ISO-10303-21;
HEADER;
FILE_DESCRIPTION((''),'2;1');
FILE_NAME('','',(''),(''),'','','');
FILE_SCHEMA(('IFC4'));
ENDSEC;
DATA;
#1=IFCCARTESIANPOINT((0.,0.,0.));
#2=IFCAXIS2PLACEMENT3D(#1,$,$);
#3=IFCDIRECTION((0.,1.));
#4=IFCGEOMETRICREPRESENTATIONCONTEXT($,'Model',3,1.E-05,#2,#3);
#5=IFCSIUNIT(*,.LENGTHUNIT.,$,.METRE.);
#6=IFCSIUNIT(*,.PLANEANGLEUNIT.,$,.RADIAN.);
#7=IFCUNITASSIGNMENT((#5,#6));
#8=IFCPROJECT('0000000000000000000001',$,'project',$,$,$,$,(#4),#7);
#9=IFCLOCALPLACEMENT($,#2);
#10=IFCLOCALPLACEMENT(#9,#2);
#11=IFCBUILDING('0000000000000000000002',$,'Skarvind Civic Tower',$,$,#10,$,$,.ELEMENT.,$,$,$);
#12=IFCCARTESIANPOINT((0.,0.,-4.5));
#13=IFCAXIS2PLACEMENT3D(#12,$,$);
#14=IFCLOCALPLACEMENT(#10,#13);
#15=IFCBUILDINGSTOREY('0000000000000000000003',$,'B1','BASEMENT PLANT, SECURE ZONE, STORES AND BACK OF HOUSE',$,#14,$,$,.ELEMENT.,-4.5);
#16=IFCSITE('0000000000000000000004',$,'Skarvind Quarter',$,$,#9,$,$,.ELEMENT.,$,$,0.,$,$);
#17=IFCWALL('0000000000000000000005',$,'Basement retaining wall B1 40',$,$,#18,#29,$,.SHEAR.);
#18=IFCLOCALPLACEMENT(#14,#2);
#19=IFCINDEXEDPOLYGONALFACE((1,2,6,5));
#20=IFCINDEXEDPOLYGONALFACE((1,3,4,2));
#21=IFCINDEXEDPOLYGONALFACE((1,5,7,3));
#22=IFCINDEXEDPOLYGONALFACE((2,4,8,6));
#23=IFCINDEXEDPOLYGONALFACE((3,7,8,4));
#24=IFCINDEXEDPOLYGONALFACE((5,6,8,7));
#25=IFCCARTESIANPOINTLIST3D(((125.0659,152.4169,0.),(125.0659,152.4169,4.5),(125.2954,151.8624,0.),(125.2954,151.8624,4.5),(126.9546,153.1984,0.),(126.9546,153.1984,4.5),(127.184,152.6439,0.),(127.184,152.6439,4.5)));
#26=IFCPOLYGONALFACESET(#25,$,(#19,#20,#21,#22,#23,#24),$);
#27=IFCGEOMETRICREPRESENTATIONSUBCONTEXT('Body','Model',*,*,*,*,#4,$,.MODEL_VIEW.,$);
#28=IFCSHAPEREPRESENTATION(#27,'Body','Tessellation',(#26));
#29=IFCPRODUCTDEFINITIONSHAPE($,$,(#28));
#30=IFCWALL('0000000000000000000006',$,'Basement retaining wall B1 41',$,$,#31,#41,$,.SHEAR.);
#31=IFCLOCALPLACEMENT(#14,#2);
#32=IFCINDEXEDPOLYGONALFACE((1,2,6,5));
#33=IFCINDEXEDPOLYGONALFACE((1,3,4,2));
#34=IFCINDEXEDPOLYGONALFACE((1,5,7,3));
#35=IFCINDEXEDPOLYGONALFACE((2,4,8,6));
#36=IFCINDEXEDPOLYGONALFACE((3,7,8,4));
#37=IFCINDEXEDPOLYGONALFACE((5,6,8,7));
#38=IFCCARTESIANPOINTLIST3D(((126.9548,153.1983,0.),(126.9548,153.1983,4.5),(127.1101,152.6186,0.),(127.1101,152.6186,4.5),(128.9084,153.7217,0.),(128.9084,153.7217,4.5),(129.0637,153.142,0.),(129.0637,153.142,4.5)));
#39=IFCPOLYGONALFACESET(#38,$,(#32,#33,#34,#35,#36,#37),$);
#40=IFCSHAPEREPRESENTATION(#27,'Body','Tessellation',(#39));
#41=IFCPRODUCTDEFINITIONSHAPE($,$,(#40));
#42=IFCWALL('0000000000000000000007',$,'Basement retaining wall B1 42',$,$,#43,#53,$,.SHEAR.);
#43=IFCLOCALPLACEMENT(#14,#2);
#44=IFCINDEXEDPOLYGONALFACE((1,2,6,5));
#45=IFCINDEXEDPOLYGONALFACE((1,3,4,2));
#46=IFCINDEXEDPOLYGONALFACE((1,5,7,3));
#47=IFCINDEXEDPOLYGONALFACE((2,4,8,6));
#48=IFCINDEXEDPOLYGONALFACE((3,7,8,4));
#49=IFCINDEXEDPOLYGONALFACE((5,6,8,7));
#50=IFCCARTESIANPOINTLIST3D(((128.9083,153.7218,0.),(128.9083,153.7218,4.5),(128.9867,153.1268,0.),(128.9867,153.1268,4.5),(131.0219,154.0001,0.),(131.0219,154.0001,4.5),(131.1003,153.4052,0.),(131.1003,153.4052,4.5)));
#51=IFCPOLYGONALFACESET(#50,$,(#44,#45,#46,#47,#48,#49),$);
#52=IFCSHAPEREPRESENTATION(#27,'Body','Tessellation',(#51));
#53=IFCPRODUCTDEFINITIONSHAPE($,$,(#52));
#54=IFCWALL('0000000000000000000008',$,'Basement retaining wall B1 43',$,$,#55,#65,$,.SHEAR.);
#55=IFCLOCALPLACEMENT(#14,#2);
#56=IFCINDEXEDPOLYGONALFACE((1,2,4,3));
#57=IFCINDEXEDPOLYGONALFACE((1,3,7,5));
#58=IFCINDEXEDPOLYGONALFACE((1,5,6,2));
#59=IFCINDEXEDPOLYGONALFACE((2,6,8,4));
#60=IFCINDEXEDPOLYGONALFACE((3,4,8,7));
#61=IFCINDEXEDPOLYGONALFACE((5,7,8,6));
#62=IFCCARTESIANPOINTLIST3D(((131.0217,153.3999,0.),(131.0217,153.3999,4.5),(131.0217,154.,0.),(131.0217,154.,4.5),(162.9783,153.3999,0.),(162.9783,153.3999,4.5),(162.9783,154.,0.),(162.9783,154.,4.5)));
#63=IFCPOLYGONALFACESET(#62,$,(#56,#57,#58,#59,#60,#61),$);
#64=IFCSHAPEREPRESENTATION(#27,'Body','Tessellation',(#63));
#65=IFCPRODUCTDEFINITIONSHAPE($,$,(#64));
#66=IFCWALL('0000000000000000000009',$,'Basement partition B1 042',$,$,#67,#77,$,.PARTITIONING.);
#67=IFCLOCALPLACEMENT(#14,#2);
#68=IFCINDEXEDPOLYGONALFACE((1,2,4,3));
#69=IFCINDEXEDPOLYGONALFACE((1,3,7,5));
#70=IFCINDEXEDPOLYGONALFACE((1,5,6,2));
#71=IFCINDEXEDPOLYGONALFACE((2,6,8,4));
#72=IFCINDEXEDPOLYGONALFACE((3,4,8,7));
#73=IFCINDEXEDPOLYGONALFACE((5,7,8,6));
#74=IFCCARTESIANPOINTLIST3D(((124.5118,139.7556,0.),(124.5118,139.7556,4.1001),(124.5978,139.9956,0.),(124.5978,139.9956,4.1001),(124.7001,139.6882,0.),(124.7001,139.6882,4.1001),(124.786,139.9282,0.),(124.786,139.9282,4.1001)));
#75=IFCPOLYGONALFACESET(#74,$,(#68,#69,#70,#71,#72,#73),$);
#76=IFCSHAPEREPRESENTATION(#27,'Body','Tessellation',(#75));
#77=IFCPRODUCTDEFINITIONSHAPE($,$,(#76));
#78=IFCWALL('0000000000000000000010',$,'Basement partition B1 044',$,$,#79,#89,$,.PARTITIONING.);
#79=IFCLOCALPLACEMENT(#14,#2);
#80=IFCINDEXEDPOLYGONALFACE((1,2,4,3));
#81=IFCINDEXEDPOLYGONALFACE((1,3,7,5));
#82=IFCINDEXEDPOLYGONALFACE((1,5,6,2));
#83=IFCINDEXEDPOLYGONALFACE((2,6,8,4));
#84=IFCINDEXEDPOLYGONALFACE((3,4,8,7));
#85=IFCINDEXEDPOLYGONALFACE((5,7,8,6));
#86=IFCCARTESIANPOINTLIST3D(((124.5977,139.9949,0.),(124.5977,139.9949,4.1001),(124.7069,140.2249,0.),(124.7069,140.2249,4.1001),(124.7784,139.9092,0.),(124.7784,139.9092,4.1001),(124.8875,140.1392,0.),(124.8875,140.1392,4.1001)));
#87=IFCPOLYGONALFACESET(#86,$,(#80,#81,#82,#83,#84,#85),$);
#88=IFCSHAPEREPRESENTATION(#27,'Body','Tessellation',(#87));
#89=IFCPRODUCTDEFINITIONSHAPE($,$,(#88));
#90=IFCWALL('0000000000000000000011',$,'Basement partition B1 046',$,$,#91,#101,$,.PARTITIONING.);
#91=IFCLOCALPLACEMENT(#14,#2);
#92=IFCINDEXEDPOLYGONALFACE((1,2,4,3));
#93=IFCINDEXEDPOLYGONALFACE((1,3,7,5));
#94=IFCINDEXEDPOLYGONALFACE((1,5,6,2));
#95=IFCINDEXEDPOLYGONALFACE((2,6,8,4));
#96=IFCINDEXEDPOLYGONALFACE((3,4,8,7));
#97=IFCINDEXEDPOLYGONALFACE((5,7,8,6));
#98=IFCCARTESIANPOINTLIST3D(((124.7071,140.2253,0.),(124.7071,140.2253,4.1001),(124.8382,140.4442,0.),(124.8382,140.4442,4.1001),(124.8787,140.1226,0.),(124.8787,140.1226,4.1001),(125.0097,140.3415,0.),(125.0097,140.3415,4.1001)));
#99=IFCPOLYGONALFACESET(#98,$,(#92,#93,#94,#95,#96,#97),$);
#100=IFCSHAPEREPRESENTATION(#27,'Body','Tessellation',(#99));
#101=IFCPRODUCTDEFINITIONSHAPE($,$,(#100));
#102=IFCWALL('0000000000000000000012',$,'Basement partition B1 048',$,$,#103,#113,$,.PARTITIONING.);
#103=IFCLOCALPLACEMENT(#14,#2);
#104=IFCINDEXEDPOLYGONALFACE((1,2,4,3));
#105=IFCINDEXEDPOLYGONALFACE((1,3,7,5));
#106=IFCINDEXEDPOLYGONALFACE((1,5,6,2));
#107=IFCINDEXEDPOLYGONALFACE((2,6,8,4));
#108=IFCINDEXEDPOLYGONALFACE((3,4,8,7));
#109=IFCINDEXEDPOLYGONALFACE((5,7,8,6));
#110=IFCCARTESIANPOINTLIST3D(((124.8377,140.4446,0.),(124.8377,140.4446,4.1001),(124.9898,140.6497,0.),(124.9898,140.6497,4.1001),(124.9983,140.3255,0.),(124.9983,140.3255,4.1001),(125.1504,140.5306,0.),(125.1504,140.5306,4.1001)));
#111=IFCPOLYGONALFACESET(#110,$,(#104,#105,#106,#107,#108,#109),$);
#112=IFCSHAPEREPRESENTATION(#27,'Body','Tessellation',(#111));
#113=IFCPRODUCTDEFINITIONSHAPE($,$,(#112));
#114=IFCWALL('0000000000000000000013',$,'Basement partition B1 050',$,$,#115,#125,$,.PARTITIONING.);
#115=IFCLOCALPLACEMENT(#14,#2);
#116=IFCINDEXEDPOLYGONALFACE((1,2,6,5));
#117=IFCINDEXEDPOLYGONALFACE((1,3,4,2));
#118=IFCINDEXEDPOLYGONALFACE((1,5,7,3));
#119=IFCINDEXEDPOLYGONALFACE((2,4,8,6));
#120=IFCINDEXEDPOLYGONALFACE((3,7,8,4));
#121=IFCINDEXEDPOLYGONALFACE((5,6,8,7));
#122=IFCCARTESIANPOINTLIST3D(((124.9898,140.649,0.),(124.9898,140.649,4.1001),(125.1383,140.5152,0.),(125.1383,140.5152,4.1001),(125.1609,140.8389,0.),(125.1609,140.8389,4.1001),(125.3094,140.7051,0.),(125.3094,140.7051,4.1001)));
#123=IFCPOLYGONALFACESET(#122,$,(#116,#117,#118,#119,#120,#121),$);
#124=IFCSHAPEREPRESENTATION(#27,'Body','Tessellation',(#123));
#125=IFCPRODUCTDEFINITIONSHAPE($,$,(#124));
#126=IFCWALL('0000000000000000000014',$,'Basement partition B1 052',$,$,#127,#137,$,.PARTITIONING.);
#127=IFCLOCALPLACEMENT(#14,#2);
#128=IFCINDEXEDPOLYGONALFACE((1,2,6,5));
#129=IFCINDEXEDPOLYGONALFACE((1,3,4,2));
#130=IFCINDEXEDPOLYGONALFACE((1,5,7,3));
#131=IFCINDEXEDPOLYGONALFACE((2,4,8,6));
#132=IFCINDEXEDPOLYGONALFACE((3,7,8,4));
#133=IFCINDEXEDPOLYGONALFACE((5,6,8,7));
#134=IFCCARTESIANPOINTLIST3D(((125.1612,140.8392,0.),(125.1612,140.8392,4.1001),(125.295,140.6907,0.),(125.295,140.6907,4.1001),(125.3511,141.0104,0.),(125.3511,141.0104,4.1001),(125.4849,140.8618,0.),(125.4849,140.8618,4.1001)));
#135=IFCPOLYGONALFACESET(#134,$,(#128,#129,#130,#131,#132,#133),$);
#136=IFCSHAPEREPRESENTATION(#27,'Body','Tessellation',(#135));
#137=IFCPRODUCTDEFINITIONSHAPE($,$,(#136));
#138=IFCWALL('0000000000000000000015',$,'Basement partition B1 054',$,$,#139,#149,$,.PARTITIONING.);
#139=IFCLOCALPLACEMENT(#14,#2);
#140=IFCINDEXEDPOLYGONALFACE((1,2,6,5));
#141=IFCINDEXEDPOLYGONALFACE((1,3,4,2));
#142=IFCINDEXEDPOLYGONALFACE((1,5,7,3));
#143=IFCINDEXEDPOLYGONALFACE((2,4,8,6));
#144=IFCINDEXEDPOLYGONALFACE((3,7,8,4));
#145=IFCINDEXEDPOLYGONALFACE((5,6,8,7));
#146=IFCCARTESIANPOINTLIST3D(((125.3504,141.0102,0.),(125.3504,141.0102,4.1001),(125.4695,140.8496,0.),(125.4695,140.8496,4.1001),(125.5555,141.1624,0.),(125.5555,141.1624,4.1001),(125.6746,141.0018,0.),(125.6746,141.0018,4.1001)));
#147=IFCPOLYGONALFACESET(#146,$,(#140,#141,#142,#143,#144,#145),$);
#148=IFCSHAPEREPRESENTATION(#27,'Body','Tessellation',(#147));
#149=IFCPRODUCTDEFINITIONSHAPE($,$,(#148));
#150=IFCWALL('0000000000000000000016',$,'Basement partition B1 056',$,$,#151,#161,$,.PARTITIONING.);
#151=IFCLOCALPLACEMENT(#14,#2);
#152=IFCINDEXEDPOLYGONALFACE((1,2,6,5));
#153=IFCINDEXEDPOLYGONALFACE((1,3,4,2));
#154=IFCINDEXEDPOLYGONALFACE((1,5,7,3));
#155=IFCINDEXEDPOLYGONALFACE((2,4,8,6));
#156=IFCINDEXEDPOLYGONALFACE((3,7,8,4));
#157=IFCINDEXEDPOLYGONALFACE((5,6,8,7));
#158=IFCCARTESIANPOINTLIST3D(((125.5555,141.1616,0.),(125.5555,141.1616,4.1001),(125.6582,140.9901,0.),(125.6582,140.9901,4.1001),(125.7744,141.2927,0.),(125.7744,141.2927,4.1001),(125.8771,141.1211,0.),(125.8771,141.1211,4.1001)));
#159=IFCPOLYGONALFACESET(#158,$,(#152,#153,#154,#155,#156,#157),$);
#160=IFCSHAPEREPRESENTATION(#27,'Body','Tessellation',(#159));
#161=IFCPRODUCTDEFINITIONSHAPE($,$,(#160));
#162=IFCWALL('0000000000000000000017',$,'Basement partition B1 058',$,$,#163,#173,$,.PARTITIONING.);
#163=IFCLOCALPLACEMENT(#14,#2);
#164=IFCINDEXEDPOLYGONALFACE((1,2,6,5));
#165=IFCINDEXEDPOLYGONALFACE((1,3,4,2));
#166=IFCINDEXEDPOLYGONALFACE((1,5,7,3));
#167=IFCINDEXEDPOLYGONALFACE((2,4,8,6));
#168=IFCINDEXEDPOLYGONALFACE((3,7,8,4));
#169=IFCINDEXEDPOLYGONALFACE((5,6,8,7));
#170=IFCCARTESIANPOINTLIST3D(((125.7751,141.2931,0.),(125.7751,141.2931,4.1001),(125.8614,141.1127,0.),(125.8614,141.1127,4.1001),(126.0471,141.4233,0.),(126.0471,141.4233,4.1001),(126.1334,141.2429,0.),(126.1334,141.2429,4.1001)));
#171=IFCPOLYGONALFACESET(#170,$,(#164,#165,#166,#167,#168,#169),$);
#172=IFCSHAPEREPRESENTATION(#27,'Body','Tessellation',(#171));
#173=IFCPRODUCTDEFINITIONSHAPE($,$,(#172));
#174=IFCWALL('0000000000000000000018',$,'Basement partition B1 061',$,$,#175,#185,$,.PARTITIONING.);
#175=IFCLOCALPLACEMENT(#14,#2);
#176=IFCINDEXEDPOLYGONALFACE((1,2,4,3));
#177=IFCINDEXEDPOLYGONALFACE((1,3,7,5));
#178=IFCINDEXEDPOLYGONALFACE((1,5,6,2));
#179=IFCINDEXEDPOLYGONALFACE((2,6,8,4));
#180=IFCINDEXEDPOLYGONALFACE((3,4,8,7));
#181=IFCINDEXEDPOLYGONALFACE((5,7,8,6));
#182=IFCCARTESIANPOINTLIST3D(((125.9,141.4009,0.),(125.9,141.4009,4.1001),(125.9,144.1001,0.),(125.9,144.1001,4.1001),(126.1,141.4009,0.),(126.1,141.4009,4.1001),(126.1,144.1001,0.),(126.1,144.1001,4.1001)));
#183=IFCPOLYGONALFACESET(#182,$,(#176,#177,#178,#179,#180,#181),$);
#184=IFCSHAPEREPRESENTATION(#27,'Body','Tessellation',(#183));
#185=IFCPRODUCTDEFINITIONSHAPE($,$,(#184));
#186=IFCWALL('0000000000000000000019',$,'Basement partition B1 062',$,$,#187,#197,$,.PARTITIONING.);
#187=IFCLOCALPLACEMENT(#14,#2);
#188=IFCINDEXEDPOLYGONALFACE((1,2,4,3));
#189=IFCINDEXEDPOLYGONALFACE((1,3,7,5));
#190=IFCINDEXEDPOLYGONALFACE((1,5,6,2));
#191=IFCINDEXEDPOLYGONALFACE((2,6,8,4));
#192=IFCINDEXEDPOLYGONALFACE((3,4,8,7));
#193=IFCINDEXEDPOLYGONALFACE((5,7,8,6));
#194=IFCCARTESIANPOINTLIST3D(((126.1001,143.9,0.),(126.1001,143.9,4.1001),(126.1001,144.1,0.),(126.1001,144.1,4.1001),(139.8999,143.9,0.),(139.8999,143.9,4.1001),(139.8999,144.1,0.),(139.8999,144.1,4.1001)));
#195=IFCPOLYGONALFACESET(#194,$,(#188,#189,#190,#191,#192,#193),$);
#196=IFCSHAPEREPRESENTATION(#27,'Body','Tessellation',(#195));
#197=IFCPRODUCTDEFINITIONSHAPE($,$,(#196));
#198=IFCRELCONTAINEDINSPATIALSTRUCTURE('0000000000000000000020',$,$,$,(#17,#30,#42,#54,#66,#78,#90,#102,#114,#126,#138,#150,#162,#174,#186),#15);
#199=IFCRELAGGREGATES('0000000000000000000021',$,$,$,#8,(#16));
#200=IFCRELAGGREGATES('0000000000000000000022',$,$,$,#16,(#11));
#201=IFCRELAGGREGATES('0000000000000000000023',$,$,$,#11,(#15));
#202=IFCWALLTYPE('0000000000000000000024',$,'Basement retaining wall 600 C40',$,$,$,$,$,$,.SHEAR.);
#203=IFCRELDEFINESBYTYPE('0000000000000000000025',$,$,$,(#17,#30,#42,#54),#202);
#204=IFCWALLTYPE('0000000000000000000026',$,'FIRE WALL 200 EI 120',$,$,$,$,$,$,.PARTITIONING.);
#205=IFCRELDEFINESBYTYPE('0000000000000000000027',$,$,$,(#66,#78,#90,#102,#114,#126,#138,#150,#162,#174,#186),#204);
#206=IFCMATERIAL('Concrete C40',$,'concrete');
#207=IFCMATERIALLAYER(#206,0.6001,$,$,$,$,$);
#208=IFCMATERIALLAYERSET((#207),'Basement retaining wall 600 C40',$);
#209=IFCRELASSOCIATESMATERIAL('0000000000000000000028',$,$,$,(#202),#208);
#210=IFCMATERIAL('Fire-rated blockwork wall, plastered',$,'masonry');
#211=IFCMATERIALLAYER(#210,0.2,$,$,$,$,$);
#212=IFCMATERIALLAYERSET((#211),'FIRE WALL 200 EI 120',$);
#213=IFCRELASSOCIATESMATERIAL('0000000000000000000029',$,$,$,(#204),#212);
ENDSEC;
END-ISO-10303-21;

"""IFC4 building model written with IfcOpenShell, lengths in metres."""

from ifc_helpers import new_model, si_unit, direction, frame, frame_2d, origin, place, context, subcontext, project, spatial, rectangle, extrude, material, layer, layer_set, type_object, element, save


model = new_model("IFC4")

# Units and contexts
model_context = context("Model", 3, precision=1e-05, world=origin(), true_north=direction((0.0, 1.0)))
body_context = subcontext(model_context, "Body", "Model", "MODEL_VIEW")
ifc_project = project(units=[si_unit("LENGTHUNIT", "METRE"), si_unit("PLANEANGLEUNIT", "RADIAN")], contexts=[model_context])

# Site, building, storey
site_placement = place(None, origin())
site = spatial("IfcSite", under=ifc_project, at=site_placement, Name="Skarvind Quarter", CompositionType="ELEMENT", RefElevation=0.0)
building_placement = place(site_placement, origin())
building = spatial("IfcBuilding", under=site, at=building_placement, Name="Skarvind Civic Tower", CompositionType="ELEMENT")
storey_placement = place(building_placement, frame((0.0, 0.0, -4.5)))
storey = spatial("IfcBuildingStorey", under=building, at=storey_placement, Name="B1", Description="BASEMENT PLANT, SECURE ZONE, STORES AND BACK OF HOUSE", CompositionType="ELEMENT", Elevation=-4.5)

# Walls
ifc_material_1 = material(Name="Concrete C40", Category="concrete")
ifc_layer_1 = layer(ifc_material_1, 0.6001)
ifc_layer_set_1 = layer_set([ifc_layer_1], Name="Basement retaining wall 600 C40")
wall_type_1 = type_object("IfcWallType", Name="Basement retaining wall 600 C40", PredefinedType="SHEAR", material=ifc_layer_set_1)
wall_1_placement = place(storey_placement, frame((125.1807, 152.1396, 0.0), z_axis=(0.0, 0.0, 1.0), x_axis=(0.924021, 0.382341, 0.0)))
element("IfcWall", 1, at=wall_1_placement, inside=storey, type_object=wall_type_1, Name="Basement retaining wall B1 40", PredefinedType="SHEAR", context=body_context, shape_type="SweptSolid", body=[
    extrude(rectangle(XDim=2.0439, YDim=0.6001, at=frame_2d((1.022, 0.0))), origin(), (0.0, 0.0, 1.0), 4.5),
])
wall_2_placement = place(storey_placement, frame((127.0325, 152.9084, 0.0), z_axis=(0.0, 0.0, 1.0), x_axis=(0.96593, 0.258804, 0.0)))
element("IfcWall", 2, at=wall_2_placement, inside=storey, type_object=wall_type_1, Name="Basement retaining wall B1 41", PredefinedType="SHEAR", context=body_context, shape_type="SweptSolid", body=[
    extrude(rectangle(XDim=2.0225, YDim=0.6001, at=frame_2d((1.0112, 0.0))), origin(), (0.0, 0.0, 1.0), 4.5),
])
wall_3_placement = place(storey_placement, frame((128.9475, 153.4243, 0.0), z_axis=(0.0, 0.0, 1.0), x_axis=(0.991441, 0.130558, 0.0)))
element("IfcWall", 3, at=wall_3_placement, inside=storey, type_object=wall_type_1, Name="Basement retaining wall B1 42", PredefinedType="SHEAR", context=body_context, shape_type="SweptSolid", body=[
    extrude(rectangle(XDim=2.1318, YDim=0.6001, at=frame_2d((1.0659, 0.0))), origin(), (0.0, 0.0, 1.0), 4.5),
])
wall_4_placement = place(storey_placement, frame((131.0217, 153.7, 0.0), z_axis=(0.0, 0.0, 1.0), x_axis=(1.0, 0.0, 0.0)))
element("IfcWall", 4, at=wall_4_placement, inside=storey, type_object=wall_type_1, Name="Basement retaining wall B1 43", PredefinedType="SHEAR", context=body_context, shape_type="SweptSolid", body=[
    extrude(rectangle(XDim=31.9565, YDim=0.6001, at=frame_2d((15.9783, 0.0))), origin(), (0.0, 0.0, 1.0), 4.5),
])
ifc_material_2 = material(Name="Fire-rated blockwork wall, plastered", Category="masonry")
ifc_layer_2 = layer(ifc_material_2, 0.2)
ifc_layer_set_2 = layer_set([ifc_layer_2], Name="FIRE WALL 200 EI 120")
wall_type_2 = type_object("IfcWallType", Name="FIRE WALL 200 EI 120", PredefinedType="PARTITIONING", material=ifc_layer_set_2)
wall_5_placement = place(storey_placement, frame((124.606, 139.7219, 0.0), z_axis=(0.0, 0.0, 1.0), x_axis=(0.337125, 0.94146, 0.0)))
element("IfcWall", 5, at=wall_5_placement, inside=storey, type_object=wall_type_2, Name="Basement partition B1 042", PredefinedType="PARTITIONING", context=body_context, shape_type="SweptSolid", body=[
    extrude(rectangle(XDim=0.2549, YDim=0.2, at=frame_2d((0.1274, 0.0))), origin(), (0.0, 0.0, 1.0), 4.1001),
])
wall_6_placement = place(storey_placement, frame((124.688, 139.9519, 0.0), z_axis=(0.0, 0.0, 1.0), x_axis=(0.428705, 0.903445, 0.0)))
element("IfcWall", 6, at=wall_6_placement, inside=storey, type_object=wall_type_2, Name="Basement partition B1 044", PredefinedType="PARTITIONING", context=body_context, shape_type="SweptSolid", body=[
    extrude(rectangle(XDim=0.2546, YDim=0.2, at=frame_2d((0.1274, 0.0))), origin(), (0.0, 0.0, 1.0), 4.1001),
])
wall_7_placement = place(storey_placement, frame((124.793, 140.1741, 0.0), z_axis=(0.0, 0.0, 1.0), x_axis=(0.513652, 0.857999, 0.0)))
element("IfcWall", 7, at=wall_7_placement, inside=storey, type_object=wall_type_2, Name="Basement partition B1 046", PredefinedType="PARTITIONING", context=body_context, shape_type="SweptSolid", body=[
    extrude(rectangle(XDim=0.2551, YDim=0.2, at=frame_2d((0.1274, 0.0))), origin(), (0.0, 0.0, 1.0), 4.1001),
])
wall_8_placement = place(storey_placement, frame((124.918, 140.385, 0.0), z_axis=(0.0, 0.0, 1.0), x_axis=(0.595708, 0.803201, 0.0)))
element("IfcWall", 8, at=wall_8_placement, inside=storey, type_object=wall_type_2, Name="Basement partition B1 048", PredefinedType="PARTITIONING", context=body_context, shape_type="SweptSolid", body=[
    extrude(rectangle(XDim=0.2554, YDim=0.2, at=frame_2d((0.1277, 0.0))), origin(), (0.0, 0.0, 1.0), 4.1001),
])
for number, where, z_axis, x_axis, name in (
    (9, (125.064, 140.582, 0.0), (0.0, 0.0, 1.0), (0.669387, 0.742914, 0.0), "Basement partition B1 050"),
    (10, (125.228, 140.7649, 0.0), (0.0, 0.0, 1.0), (0.742914, 0.669387, 0.0), "Basement partition B1 052"),
):
    element("IfcWall", number, at=place(storey_placement, frame(where, z_axis=z_axis, x_axis=x_axis)), inside=storey, type_object=wall_type_2, Name=name, PredefinedType="PARTITIONING", context=body_context, shape_type="SweptSolid", body=[
        extrude(rectangle(XDim=0.2556, YDim=0.2, at=frame_2d((0.1279, 0.0))), origin(), (0.0, 0.0, 1.0), 4.1001),
    ])
wall_9_placement = place(storey_placement, frame((125.4099, 140.9299, 0.0), z_axis=(0.0, 0.0, 1.0), x_axis=(0.803201, 0.595708, 0.0)))
element("IfcWall", 11, at=wall_9_placement, inside=storey, type_object=wall_type_2, Name="Basement partition B1 054", PredefinedType="PARTITIONING", context=body_context, shape_type="SweptSolid", body=[
    extrude(rectangle(XDim=0.2554, YDim=0.2, at=frame_2d((0.1277, 0.0))), origin(), (0.0, 0.0, 1.0), 4.1001),
])
wall_10_placement = place(storey_placement, frame((125.6069, 141.0759, 0.0), z_axis=(0.0, 0.0, 1.0), x_axis=(0.857999, 0.513652, 0.0)))
element("IfcWall", 12, at=wall_10_placement, inside=storey, type_object=wall_type_2, Name="Basement partition B1 056", PredefinedType="PARTITIONING", context=body_context, shape_type="SweptSolid", body=[
    extrude(rectangle(XDim=0.2551, YDim=0.2, at=frame_2d((0.1274, 0.0))), origin(), (0.0, 0.0, 1.0), 4.1001),
])
wall_11_placement = place(storey_placement, frame((125.8181, 141.2029, 0.0), z_axis=(0.0, 0.0, 1.0), x_axis=(0.902066, 0.431599, 0.0)))
element("IfcWall", 13, at=wall_11_placement, inside=storey, type_object=wall_type_2, Name="Basement partition B1 058", PredefinedType="PARTITIONING", context=body_context, shape_type="SweptSolid", body=[
    extrude(rectangle(XDim=0.3015, YDim=0.2, at=frame_2d((0.1509, 0.0))), origin(), (0.0, 0.0, 1.0), 4.1001),
])
wall_12_placement = place(storey_placement, frame((126.0, 141.4009, 0.0), z_axis=(0.0, 0.0, 1.0), x_axis=(0.0, 1.0, 0.0)))
element("IfcWall", 14, at=wall_12_placement, inside=storey, type_object=wall_type_2, Name="Basement partition B1 061", PredefinedType="PARTITIONING", context=body_context, shape_type="SweptSolid", body=[
    extrude(rectangle(XDim=2.6992, YDim=0.2, at=frame_2d((1.3496, 0.0))), origin(), (0.0, 0.0, 1.0), 4.1001),
])
wall_13_placement = place(storey_placement, frame((126.1001, 144.0, 0.0), z_axis=(0.0, 0.0, 1.0), x_axis=(1.0, 0.0, 0.0)))
element("IfcWall", 15, at=wall_13_placement, inside=storey, type_object=wall_type_2, Name="Basement partition B1 062", PredefinedType="PARTITIONING", context=body_context, shape_type="SweptSolid", body=[
    extrude(rectangle(XDim=13.7998, YDim=0.2, at=frame_2d((6.8999, 0.0))), origin(), (0.0, 0.0, 1.0), 4.1001),
])

save(model, "model.ifc")
